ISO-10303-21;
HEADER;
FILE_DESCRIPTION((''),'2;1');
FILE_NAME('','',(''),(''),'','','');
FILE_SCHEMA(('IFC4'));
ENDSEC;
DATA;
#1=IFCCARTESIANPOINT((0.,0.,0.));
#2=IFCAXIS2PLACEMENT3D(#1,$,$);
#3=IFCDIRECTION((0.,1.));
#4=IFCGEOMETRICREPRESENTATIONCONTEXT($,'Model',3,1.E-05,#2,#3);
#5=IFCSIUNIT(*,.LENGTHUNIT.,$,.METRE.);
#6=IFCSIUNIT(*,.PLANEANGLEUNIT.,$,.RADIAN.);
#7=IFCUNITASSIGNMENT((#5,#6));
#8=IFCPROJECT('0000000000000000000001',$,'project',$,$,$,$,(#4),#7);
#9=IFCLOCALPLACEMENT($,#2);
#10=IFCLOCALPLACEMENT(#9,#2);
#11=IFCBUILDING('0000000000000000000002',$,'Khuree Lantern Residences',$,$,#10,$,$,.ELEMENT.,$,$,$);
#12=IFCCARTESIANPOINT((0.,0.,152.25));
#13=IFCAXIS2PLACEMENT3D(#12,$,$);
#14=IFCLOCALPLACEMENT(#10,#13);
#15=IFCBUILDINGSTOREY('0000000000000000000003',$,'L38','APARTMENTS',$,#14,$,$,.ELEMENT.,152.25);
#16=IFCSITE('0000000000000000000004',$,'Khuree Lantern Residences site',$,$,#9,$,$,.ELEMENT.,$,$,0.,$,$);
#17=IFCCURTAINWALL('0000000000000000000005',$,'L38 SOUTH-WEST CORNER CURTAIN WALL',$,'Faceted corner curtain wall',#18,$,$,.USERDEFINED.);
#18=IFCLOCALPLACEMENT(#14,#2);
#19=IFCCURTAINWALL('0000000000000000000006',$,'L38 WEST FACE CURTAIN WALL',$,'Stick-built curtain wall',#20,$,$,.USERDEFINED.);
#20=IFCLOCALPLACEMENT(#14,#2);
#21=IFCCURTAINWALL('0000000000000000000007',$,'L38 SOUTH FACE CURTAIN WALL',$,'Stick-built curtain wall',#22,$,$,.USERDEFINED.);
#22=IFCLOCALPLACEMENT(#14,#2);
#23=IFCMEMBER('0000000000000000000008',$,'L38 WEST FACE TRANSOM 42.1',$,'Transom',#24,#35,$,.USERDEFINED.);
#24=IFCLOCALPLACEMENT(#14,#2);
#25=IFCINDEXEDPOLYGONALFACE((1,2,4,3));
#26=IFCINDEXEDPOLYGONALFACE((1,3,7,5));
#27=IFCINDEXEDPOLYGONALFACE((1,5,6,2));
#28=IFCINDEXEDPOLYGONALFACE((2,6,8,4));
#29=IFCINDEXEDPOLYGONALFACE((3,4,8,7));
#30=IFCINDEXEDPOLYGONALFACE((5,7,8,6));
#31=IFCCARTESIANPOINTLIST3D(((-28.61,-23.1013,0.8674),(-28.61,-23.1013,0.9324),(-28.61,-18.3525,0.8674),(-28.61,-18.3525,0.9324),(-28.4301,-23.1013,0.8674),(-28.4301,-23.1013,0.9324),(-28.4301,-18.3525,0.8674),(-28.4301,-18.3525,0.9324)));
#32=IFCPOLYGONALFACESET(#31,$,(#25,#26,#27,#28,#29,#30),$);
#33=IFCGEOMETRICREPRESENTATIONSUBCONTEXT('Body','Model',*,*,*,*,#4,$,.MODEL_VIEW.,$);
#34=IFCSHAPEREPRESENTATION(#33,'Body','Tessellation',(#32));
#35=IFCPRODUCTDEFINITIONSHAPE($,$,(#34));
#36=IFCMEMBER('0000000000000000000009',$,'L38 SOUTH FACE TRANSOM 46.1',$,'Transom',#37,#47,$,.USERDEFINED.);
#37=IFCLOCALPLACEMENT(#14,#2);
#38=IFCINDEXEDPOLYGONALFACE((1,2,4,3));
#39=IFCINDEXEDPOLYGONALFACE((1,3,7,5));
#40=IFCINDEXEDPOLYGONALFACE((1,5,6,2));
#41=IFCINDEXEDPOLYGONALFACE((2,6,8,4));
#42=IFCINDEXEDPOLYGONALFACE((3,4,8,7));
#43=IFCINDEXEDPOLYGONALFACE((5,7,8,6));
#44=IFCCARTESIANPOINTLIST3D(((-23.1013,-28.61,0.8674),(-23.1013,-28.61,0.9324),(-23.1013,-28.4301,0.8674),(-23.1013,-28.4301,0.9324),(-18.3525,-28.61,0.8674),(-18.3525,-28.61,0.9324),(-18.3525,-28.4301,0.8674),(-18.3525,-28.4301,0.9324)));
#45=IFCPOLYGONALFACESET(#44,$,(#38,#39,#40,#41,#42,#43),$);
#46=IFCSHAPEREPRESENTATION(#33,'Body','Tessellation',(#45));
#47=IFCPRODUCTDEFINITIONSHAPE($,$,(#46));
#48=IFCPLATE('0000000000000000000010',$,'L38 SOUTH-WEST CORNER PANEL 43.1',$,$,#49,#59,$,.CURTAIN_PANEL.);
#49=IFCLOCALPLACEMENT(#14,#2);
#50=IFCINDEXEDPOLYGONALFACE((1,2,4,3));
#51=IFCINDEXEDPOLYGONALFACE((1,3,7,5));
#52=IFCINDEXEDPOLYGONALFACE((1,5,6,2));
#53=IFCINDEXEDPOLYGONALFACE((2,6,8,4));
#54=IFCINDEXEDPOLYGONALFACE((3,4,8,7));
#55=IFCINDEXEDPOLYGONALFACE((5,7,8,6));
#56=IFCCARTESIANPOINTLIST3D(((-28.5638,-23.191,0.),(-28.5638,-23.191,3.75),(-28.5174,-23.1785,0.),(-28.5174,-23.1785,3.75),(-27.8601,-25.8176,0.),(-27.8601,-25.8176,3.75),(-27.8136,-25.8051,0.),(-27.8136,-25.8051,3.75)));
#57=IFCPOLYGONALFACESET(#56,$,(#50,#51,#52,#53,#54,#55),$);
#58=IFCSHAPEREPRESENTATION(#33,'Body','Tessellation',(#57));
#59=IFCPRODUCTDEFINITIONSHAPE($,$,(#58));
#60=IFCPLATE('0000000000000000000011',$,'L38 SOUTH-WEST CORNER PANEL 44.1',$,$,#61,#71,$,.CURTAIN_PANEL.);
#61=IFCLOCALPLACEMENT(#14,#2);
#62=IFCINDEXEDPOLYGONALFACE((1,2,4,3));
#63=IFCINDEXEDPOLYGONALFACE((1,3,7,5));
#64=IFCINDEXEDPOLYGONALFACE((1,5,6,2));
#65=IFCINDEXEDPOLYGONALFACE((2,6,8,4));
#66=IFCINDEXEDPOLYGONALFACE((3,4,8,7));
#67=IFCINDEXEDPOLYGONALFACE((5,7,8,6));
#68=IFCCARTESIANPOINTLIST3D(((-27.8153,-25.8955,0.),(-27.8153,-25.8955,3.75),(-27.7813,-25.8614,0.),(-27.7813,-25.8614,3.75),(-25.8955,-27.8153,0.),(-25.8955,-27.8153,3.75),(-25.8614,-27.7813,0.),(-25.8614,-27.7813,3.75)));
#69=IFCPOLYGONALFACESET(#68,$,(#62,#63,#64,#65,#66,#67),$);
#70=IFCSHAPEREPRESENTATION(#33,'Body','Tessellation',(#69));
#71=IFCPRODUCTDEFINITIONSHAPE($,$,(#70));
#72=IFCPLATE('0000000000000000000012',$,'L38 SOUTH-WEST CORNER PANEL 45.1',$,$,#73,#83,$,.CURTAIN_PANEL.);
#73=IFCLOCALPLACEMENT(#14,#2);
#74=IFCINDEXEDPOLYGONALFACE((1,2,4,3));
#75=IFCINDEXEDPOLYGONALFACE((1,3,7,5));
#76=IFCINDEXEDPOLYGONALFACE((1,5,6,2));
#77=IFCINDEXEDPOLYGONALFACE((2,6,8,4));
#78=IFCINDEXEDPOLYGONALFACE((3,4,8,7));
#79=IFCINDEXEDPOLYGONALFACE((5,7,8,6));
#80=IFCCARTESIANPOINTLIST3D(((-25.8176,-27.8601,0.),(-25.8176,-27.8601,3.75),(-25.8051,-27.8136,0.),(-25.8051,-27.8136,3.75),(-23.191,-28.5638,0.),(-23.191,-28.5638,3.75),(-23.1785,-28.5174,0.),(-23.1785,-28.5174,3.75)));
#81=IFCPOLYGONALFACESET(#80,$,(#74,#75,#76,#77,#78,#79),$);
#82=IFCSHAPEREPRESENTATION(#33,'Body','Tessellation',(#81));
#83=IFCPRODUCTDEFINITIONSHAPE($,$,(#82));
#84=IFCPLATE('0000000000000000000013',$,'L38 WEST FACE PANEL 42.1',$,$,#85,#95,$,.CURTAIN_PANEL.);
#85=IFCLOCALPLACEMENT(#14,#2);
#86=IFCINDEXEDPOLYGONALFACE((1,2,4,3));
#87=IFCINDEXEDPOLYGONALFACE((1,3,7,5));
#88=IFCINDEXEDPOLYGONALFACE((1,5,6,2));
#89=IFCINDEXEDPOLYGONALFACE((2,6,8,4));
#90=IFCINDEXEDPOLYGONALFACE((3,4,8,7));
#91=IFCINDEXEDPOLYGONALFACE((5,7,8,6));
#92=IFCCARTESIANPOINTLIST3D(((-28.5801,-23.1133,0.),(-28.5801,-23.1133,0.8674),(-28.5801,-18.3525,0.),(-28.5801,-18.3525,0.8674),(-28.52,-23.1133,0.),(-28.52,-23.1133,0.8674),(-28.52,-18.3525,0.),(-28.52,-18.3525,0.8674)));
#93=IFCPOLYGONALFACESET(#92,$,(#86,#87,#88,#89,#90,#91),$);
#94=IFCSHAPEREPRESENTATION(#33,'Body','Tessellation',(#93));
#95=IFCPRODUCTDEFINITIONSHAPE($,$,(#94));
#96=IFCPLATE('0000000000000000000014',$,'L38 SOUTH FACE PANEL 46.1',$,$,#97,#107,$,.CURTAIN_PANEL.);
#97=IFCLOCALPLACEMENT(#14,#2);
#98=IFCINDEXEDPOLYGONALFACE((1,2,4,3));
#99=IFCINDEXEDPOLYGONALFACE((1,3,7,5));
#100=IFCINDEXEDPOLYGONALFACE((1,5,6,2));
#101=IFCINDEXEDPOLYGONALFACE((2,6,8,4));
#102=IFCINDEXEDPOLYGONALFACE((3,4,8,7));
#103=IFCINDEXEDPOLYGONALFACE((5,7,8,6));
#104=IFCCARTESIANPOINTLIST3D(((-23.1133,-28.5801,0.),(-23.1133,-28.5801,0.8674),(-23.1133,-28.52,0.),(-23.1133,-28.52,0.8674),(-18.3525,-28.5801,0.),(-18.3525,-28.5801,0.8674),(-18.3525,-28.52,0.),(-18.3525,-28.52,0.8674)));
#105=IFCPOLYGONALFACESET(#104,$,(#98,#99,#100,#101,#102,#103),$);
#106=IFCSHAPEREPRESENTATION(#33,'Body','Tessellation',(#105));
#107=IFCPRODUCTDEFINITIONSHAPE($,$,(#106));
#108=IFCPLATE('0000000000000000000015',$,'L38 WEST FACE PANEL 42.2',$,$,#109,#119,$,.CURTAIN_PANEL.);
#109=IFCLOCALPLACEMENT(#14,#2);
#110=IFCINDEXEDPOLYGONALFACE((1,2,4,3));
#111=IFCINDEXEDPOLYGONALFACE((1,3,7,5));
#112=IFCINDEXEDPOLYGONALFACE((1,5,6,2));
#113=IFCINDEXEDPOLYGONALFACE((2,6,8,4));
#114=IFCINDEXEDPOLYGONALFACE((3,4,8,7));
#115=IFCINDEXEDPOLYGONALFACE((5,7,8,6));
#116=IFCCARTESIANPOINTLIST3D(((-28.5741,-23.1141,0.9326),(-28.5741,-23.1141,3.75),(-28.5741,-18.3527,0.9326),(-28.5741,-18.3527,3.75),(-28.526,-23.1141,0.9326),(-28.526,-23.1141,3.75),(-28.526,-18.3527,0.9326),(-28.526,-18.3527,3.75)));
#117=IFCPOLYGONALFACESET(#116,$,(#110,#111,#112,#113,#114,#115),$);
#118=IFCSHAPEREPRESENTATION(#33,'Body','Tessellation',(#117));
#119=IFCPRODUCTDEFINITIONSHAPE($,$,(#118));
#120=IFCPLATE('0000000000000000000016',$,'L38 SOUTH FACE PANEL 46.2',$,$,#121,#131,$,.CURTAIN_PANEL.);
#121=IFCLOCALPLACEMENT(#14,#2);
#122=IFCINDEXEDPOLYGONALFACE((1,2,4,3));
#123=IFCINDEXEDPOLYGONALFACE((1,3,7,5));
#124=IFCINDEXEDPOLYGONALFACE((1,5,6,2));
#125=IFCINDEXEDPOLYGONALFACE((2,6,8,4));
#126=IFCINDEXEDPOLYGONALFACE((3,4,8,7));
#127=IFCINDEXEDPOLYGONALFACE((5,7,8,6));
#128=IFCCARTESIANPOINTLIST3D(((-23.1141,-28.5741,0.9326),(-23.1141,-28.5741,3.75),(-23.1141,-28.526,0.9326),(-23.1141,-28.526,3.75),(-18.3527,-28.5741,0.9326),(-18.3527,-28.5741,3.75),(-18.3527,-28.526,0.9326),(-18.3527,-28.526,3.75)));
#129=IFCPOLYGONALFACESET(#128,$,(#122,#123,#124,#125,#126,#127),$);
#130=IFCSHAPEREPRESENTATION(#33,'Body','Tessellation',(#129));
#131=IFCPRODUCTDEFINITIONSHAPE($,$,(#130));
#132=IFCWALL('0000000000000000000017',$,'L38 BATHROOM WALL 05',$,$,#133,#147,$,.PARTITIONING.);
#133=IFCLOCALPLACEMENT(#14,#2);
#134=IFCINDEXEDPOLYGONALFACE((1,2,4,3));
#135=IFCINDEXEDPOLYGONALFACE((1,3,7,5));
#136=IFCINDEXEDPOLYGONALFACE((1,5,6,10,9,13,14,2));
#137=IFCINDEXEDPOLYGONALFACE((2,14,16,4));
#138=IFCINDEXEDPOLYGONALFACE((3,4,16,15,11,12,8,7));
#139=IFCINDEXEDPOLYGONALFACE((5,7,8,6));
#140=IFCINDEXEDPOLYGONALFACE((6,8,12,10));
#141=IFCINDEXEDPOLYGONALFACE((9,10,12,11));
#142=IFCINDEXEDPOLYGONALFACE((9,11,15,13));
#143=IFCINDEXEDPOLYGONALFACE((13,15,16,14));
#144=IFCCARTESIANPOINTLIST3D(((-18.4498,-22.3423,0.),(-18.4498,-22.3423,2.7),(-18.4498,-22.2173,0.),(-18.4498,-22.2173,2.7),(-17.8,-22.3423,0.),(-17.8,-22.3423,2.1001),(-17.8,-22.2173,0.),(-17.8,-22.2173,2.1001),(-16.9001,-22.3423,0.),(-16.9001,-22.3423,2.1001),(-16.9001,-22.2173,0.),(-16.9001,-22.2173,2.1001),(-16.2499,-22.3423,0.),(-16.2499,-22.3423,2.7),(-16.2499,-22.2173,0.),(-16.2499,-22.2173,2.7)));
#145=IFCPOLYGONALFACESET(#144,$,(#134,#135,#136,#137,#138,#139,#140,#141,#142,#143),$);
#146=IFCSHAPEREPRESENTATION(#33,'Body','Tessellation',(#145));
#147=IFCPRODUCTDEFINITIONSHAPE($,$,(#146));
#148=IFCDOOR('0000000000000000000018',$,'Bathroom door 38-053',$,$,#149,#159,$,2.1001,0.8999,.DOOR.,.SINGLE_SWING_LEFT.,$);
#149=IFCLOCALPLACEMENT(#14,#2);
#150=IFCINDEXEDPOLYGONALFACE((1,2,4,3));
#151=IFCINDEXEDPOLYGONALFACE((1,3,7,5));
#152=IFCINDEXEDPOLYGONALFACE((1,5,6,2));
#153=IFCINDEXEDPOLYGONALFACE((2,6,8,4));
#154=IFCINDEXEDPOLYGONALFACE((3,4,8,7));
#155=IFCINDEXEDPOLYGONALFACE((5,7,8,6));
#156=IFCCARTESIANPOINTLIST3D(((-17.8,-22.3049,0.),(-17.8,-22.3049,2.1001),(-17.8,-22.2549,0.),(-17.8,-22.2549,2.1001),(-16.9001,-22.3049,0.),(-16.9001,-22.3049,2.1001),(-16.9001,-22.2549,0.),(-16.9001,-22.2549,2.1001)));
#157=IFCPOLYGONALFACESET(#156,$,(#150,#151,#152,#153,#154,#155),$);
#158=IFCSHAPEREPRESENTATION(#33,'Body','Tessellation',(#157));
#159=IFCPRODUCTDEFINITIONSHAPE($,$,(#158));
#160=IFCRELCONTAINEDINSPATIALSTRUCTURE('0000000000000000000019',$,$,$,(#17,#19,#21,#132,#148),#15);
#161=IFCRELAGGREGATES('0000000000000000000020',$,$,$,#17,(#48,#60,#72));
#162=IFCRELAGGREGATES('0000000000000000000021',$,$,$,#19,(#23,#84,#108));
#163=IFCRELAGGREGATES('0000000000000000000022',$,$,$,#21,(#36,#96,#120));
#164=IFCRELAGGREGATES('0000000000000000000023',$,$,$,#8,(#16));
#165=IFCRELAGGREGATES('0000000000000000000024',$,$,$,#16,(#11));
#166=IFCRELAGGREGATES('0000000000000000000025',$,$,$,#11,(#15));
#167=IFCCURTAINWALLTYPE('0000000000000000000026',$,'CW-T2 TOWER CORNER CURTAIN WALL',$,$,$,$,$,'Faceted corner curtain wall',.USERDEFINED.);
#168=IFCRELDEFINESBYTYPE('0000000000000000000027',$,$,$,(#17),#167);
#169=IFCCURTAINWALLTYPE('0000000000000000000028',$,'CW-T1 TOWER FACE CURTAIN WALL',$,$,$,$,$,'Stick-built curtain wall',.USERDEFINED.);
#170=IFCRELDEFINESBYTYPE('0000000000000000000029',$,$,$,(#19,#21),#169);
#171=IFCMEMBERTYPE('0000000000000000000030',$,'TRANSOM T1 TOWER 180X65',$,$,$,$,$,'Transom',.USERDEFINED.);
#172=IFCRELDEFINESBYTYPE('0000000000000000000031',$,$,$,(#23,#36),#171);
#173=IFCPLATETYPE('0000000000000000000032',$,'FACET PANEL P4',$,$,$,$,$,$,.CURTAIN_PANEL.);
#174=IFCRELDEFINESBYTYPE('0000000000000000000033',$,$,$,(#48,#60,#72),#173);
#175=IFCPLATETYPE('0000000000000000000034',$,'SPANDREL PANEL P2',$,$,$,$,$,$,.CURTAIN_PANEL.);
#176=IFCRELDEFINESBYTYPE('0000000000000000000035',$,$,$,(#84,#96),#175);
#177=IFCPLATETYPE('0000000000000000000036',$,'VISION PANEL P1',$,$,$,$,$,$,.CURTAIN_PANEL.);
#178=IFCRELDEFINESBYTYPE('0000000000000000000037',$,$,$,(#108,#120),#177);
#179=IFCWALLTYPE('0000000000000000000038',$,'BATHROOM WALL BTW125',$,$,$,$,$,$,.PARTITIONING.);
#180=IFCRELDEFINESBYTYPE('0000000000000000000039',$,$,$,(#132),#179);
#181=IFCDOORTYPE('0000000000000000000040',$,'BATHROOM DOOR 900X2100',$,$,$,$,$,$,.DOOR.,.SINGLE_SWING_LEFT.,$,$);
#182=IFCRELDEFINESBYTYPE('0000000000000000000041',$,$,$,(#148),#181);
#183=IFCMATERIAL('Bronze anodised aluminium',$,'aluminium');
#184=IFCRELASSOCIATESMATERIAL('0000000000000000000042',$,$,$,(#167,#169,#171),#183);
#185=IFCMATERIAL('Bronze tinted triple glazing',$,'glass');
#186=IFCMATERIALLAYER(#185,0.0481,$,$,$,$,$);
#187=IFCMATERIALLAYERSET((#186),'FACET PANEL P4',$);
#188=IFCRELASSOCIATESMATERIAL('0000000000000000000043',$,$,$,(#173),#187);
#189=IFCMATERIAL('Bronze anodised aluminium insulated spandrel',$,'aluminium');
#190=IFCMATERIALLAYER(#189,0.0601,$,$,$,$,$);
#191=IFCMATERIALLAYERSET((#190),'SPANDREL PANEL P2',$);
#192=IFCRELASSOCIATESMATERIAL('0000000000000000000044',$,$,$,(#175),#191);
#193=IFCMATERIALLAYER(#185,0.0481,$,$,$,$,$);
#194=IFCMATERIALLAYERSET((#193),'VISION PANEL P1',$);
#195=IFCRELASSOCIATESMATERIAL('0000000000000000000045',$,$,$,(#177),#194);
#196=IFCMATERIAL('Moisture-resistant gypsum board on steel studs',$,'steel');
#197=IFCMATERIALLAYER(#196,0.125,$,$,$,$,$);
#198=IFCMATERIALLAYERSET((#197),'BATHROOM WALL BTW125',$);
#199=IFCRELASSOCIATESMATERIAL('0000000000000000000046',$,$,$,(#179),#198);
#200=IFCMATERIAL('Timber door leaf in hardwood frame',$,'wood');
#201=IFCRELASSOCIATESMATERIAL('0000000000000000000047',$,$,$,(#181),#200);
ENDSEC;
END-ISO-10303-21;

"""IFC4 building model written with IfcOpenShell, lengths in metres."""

from ifc_helpers import new_model, si_unit, direction, frame, frame_2d, origin, origin_2d, place, context, subcontext, project, spatial, rectangle, extrude, material, layer, layer_set, material_profile, profile_set, type_object, element, fill, aggregate, save


model = new_model("IFC4")

# Units and contexts
model_context = context("Model", 3, precision=1e-05, world=origin(), true_north=direction((0.0, 1.0)))
body_context = subcontext(model_context, "Body", "Model", "MODEL_VIEW")
ifc_project = project(units=[si_unit("LENGTHUNIT", "METRE"), si_unit("PLANEANGLEUNIT", "RADIAN")], contexts=[model_context])

# Site, building, storey
site_placement = place(None, origin())
site = spatial("IfcSite", under=ifc_project, at=site_placement, Name="Khuree Lantern Residences site", CompositionType="ELEMENT", RefElevation=0.0)
building_placement = place(site_placement, origin())
building = spatial("IfcBuilding", under=site, at=building_placement, Name="Khuree Lantern Residences", CompositionType="ELEMENT")
storey_placement = place(building_placement, frame((0.0, 0.0, 152.25)))
storey = spatial("IfcBuildingStorey", under=building, at=storey_placement, Name="L38", Description="APARTMENTS", CompositionType="ELEMENT", Elevation=152.25)

# Curtain wall
ifc_material_1 = material(Name="Bronze anodised aluminium", Category="aluminium")
curtain_wall_type_1 = type_object("IfcCurtainWallType", Name="CW-T2 TOWER CORNER CURTAIN WALL", ElementType="Faceted corner curtain wall", PredefinedType="USERDEFINED", material=ifc_material_1)
curtain_wall_1_placement = place(storey_placement, origin())
curtain_wall_1 = element("IfcCurtainWall", 1, at=curtain_wall_1_placement, inside=storey, type_object=curtain_wall_type_1, Name="L38 SOUTH-WEST CORNER CURTAIN WALL", ObjectType="Faceted corner curtain wall", PredefinedType="USERDEFINED")

# Curtain wall
curtain_wall_type_2 = type_object("IfcCurtainWallType", Name="CW-T1 TOWER FACE CURTAIN WALL", ElementType="Stick-built curtain wall", PredefinedType="USERDEFINED", material=ifc_material_1)
curtain_wall_2_placement = place(storey_placement, origin())
curtain_wall_2 = element("IfcCurtainWall", 2, at=curtain_wall_2_placement, inside=storey, type_object=curtain_wall_type_2, Name="L38 WEST FACE CURTAIN WALL", ObjectType="Stick-built curtain wall", PredefinedType="USERDEFINED")

# Curtain wall
curtain_wall_3_placement = place(storey_placement, origin())
curtain_wall_3 = element("IfcCurtainWall", 3, at=curtain_wall_3_placement, inside=storey, type_object=curtain_wall_type_2, Name="L38 SOUTH FACE CURTAIN WALL", ObjectType="Stick-built curtain wall", PredefinedType="USERDEFINED")

# Members
ifc_material_profile_1 = material_profile(ifc_material_1, rectangle(XDim=0.1799, YDim=0.0649, at=origin_2d()), Name="T1 180X65")
ifc_profile_set_1 = profile_set([ifc_material_profile_1], Name="Bronze anodised aluminium")
member_type_1 = type_object("IfcMemberType", Name="TRANSOM T1 TOWER 180X65", ElementType="Transom", PredefinedType="USERDEFINED", material=ifc_profile_set_1)
member_1_placement = place(storey_placement, frame((-28.52, -18.3525, 0.8999), z_axis=(0.0, -1.0, 0.0), x_axis=(1.0, 0.0, 0.0)))
member_1 = element("IfcMember", 4, at=member_1_placement, type_object=member_type_1, Name="L38 WEST FACE TRANSOM 42.1", ObjectType="Transom", PredefinedType="USERDEFINED", context=body_context, shape_type="SweptSolid", body=[
    extrude(rectangle(XDim=0.1799, YDim=0.0649, at=origin_2d()), origin(), (0.0, 0.0, 1.0), 4.7488),
])
member_2_placement = place(storey_placement, frame((-23.1013, -28.52, 0.8999), z_axis=(1.0, 0.0, 0.0), x_axis=(0.0, 1.0, 0.0)))
member_2 = element("IfcMember", 5, at=member_2_placement, type_object=member_type_1, Name="L38 SOUTH FACE TRANSOM 46.1", ObjectType="Transom", PredefinedType="USERDEFINED", context=body_context, shape_type="SweptSolid", body=[
    extrude(rectangle(XDim=0.1799, YDim=0.0649, at=origin_2d()), origin(), (0.0, 0.0, 1.0), 4.7488),
])

# Plates
ifc_material_2 = material(Name="Bronze tinted triple glazing", Category="glass")
ifc_layer_1 = layer(ifc_material_2, 0.0481)
ifc_layer_set_1 = layer_set([ifc_layer_1], Name="FACET PANEL P4")
plate_type_1 = type_object("IfcPlateType", Name="FACET PANEL P4", PredefinedType="CURTAIN_PANEL", material=ifc_layer_set_1)
plate_1_placement = place(storey_placement, frame((-28.1887, -24.498, 0.0), z_axis=(0.0, 0.0, 1.0), x_axis=(0.258819, -0.965926, 0.0)))
plate_1 = element("IfcPlate", 6, at=plate_1_placement, type_object=plate_type_1, Name="L38 SOUTH-WEST CORNER PANEL 43.1", PredefinedType="CURTAIN_PANEL", context=body_context, shape_type="SweptSolid", body=[
    extrude(rectangle(XDim=2.7192, YDim=0.0481, at=origin_2d()), origin(), (0.0, 0.0, 1.0), 3.75),
])
plate_2_placement = place(storey_placement, frame((-26.8384, -26.8384, 0.0), z_axis=(0.0, 0.0, 1.0), x_axis=(0.707107, -0.707107, 0.0)))
plate_2 = element("IfcPlate", 7, at=plate_2_placement, type_object=plate_type_1, Name="L38 SOUTH-WEST CORNER PANEL 44.1", PredefinedType="CURTAIN_PANEL", context=body_context, shape_type="SweptSolid", body=[
    extrude(rectangle(XDim=2.7151, YDim=0.0481, at=origin_2d()), origin(), (0.0, 0.0, 1.0), 3.75),
])
plate_3_placement = place(storey_placement, frame((-24.498, -28.1887, 0.0), z_axis=(0.0, 0.0, 1.0), x_axis=(0.965926, -0.258819, 0.0)))
plate_3 = element("IfcPlate", 8, at=plate_3_placement, type_object=plate_type_1, Name="L38 SOUTH-WEST CORNER PANEL 45.1", PredefinedType="CURTAIN_PANEL", context=body_context, shape_type="SweptSolid", body=[
    extrude(rectangle(XDim=2.7192, YDim=0.0481, at=origin_2d()), origin(), (0.0, 0.0, 1.0), 3.75),
])
aggregate(curtain_wall_1, [plate_1, plate_2, plate_3])
ifc_material_3 = material(Name="Bronze anodised aluminium insulated spandrel", Category="aluminium")
ifc_layer_2 = layer(ifc_material_3, 0.0601)
ifc_layer_set_2 = layer_set([ifc_layer_2], Name="SPANDREL PANEL P2")
plate_type_2 = type_object("IfcPlateType", Name="SPANDREL PANEL P2", PredefinedType="CURTAIN_PANEL", material=ifc_layer_set_2)
plate_4_placement = place(storey_placement, frame((-28.55, -20.7329, 0.0), z_axis=(0.0, 0.0, 1.0), x_axis=(0.0, -1.0, 0.0)))
plate_4 = element("IfcPlate", 9, at=plate_4_placement, type_object=plate_type_2, Name="L38 WEST FACE PANEL 42.1", PredefinedType="CURTAIN_PANEL", context=body_context, shape_type="SweptSolid", body=[
    extrude(rectangle(XDim=4.7607, YDim=0.0601, at=origin_2d()), origin(), (0.0, 0.0, 1.0), 0.8674),
])
plate_5_placement = place(storey_placement, frame((-20.7329, -28.55, 0.0), z_axis=(0.0, 0.0, 1.0), x_axis=(1.0, 0.0, 0.0)))
plate_5 = element("IfcPlate", 10, at=plate_5_placement, type_object=plate_type_2, Name="L38 SOUTH FACE PANEL 46.1", PredefinedType="CURTAIN_PANEL", context=body_context, shape_type="SweptSolid", body=[
    extrude(rectangle(XDim=4.7607, YDim=0.0601, at=origin_2d()), origin(), (0.0, 0.0, 1.0), 0.8674),
])
ifc_layer_3 = layer(ifc_material_2, 0.0481)
ifc_layer_set_3 = layer_set([ifc_layer_3], Name="VISION PANEL P1")
plate_type_3 = type_object("IfcPlateType", Name="VISION PANEL P1", PredefinedType="CURTAIN_PANEL", material=ifc_layer_set_3)
plate_6_placement = place(storey_placement, frame((-28.55, -20.7334, 0.9326), z_axis=(0.0, 0.0, 1.0), x_axis=(0.0, -1.0, 0.0)))
plate_6 = element("IfcPlate", 11, at=plate_6_placement, type_object=plate_type_3, Name="L38 WEST FACE PANEL 42.2", PredefinedType="CURTAIN_PANEL", context=body_context, shape_type="SweptSolid", body=[
    extrude(rectangle(XDim=4.7615, YDim=0.0481, at=origin_2d()), origin(), (0.0, 0.0, 1.0), 2.8174),
])
aggregate(curtain_wall_2, [member_1, plate_4, plate_6])
plate_7_placement = place(storey_placement, frame((-20.7334, -28.55, 0.9326), z_axis=(0.0, 0.0, 1.0), x_axis=(1.0, 0.0, 0.0)))
plate_7 = element("IfcPlate", 12, at=plate_7_placement, type_object=plate_type_3, Name="L38 SOUTH FACE PANEL 46.2", PredefinedType="CURTAIN_PANEL", context=body_context, shape_type="SweptSolid", body=[
    extrude(rectangle(XDim=4.7615, YDim=0.0481, at=origin_2d()), origin(), (0.0, 0.0, 1.0), 2.8174),
])
aggregate(curtain_wall_3, [member_2, plate_5, plate_7])

# Wall, opening, door
ifc_material_4 = material(Name="Moisture-resistant gypsum board on steel studs", Category="steel")
ifc_layer_4 = layer(ifc_material_4, 0.125)
ifc_layer_set_4 = layer_set([ifc_layer_4], Name="BATHROOM WALL BTW125")
wall_type = type_object("IfcWallType", Name="BATHROOM WALL BTW125", PredefinedType="PARTITIONING", material=ifc_layer_set_4)
wall_placement = place(storey_placement, frame((-18.45, -22.2798, 0.0), z_axis=(0.0, 0.0, 1.0), x_axis=(1.0, 0.0, 0.0)))
wall = element("IfcWall", 13, at=wall_placement, inside=storey, type_object=wall_type, Name="L38 BATHROOM WALL 05", PredefinedType="PARTITIONING", context=body_context, shape_type="SweptSolid", body=[
    extrude(rectangle(XDim=2.2, YDim=0.125, at=frame_2d((1.1001, 0.0))), origin(), (0.0, 0.0, 1.0), 2.7),
])
opening_placement = place(wall_placement, frame((0.6499, 0.0, 0.0)))
opening = element("IfcOpeningElement", 14, at=opening_placement, cuts=wall, PredefinedType="OPENING", context=body_context, shape_type="SweptSolid", body=[
    extrude(rectangle(XDim=0.8999, YDim=2.1001, at=frame_2d((0.45, 1.05))), frame((0.0, 0.0725, 0.0), z_axis=(0.0, -1.0, 0.0), x_axis=(1.0, 0.0, 0.0)), (0.0, 0.0, 1.0), 0.145),
])
ifc_material_5 = material(Name="Timber door leaf in hardwood frame", Category="wood")
door_type = type_object("IfcDoorType", Name="BATHROOM DOOR 900X2100", OperationType="SINGLE_SWING_LEFT", PredefinedType="DOOR", material=ifc_material_5)
door_placement = place(opening_placement, origin())
door = element("IfcDoor", 15, at=door_placement, inside=storey, type_object=door_type, Name="Bathroom door 38-053", OperationType="SINGLE_SWING_LEFT", OverallHeight=2.1001, OverallWidth=0.8999, PredefinedType="DOOR", context=body_context, shape_type="SweptSolid", body=[
    extrude(rectangle(XDim=0.8999, YDim=2.1001, at=frame_2d((0.45, 1.05))), frame((0.0, 0.0249, 0.0), z_axis=(0.0, -1.0, 0.0), x_axis=(1.0, 0.0, 0.0)), (0.0, 0.0, 1.0), 0.05),
])
fill(opening, door)

save(model, "model.ifc")
